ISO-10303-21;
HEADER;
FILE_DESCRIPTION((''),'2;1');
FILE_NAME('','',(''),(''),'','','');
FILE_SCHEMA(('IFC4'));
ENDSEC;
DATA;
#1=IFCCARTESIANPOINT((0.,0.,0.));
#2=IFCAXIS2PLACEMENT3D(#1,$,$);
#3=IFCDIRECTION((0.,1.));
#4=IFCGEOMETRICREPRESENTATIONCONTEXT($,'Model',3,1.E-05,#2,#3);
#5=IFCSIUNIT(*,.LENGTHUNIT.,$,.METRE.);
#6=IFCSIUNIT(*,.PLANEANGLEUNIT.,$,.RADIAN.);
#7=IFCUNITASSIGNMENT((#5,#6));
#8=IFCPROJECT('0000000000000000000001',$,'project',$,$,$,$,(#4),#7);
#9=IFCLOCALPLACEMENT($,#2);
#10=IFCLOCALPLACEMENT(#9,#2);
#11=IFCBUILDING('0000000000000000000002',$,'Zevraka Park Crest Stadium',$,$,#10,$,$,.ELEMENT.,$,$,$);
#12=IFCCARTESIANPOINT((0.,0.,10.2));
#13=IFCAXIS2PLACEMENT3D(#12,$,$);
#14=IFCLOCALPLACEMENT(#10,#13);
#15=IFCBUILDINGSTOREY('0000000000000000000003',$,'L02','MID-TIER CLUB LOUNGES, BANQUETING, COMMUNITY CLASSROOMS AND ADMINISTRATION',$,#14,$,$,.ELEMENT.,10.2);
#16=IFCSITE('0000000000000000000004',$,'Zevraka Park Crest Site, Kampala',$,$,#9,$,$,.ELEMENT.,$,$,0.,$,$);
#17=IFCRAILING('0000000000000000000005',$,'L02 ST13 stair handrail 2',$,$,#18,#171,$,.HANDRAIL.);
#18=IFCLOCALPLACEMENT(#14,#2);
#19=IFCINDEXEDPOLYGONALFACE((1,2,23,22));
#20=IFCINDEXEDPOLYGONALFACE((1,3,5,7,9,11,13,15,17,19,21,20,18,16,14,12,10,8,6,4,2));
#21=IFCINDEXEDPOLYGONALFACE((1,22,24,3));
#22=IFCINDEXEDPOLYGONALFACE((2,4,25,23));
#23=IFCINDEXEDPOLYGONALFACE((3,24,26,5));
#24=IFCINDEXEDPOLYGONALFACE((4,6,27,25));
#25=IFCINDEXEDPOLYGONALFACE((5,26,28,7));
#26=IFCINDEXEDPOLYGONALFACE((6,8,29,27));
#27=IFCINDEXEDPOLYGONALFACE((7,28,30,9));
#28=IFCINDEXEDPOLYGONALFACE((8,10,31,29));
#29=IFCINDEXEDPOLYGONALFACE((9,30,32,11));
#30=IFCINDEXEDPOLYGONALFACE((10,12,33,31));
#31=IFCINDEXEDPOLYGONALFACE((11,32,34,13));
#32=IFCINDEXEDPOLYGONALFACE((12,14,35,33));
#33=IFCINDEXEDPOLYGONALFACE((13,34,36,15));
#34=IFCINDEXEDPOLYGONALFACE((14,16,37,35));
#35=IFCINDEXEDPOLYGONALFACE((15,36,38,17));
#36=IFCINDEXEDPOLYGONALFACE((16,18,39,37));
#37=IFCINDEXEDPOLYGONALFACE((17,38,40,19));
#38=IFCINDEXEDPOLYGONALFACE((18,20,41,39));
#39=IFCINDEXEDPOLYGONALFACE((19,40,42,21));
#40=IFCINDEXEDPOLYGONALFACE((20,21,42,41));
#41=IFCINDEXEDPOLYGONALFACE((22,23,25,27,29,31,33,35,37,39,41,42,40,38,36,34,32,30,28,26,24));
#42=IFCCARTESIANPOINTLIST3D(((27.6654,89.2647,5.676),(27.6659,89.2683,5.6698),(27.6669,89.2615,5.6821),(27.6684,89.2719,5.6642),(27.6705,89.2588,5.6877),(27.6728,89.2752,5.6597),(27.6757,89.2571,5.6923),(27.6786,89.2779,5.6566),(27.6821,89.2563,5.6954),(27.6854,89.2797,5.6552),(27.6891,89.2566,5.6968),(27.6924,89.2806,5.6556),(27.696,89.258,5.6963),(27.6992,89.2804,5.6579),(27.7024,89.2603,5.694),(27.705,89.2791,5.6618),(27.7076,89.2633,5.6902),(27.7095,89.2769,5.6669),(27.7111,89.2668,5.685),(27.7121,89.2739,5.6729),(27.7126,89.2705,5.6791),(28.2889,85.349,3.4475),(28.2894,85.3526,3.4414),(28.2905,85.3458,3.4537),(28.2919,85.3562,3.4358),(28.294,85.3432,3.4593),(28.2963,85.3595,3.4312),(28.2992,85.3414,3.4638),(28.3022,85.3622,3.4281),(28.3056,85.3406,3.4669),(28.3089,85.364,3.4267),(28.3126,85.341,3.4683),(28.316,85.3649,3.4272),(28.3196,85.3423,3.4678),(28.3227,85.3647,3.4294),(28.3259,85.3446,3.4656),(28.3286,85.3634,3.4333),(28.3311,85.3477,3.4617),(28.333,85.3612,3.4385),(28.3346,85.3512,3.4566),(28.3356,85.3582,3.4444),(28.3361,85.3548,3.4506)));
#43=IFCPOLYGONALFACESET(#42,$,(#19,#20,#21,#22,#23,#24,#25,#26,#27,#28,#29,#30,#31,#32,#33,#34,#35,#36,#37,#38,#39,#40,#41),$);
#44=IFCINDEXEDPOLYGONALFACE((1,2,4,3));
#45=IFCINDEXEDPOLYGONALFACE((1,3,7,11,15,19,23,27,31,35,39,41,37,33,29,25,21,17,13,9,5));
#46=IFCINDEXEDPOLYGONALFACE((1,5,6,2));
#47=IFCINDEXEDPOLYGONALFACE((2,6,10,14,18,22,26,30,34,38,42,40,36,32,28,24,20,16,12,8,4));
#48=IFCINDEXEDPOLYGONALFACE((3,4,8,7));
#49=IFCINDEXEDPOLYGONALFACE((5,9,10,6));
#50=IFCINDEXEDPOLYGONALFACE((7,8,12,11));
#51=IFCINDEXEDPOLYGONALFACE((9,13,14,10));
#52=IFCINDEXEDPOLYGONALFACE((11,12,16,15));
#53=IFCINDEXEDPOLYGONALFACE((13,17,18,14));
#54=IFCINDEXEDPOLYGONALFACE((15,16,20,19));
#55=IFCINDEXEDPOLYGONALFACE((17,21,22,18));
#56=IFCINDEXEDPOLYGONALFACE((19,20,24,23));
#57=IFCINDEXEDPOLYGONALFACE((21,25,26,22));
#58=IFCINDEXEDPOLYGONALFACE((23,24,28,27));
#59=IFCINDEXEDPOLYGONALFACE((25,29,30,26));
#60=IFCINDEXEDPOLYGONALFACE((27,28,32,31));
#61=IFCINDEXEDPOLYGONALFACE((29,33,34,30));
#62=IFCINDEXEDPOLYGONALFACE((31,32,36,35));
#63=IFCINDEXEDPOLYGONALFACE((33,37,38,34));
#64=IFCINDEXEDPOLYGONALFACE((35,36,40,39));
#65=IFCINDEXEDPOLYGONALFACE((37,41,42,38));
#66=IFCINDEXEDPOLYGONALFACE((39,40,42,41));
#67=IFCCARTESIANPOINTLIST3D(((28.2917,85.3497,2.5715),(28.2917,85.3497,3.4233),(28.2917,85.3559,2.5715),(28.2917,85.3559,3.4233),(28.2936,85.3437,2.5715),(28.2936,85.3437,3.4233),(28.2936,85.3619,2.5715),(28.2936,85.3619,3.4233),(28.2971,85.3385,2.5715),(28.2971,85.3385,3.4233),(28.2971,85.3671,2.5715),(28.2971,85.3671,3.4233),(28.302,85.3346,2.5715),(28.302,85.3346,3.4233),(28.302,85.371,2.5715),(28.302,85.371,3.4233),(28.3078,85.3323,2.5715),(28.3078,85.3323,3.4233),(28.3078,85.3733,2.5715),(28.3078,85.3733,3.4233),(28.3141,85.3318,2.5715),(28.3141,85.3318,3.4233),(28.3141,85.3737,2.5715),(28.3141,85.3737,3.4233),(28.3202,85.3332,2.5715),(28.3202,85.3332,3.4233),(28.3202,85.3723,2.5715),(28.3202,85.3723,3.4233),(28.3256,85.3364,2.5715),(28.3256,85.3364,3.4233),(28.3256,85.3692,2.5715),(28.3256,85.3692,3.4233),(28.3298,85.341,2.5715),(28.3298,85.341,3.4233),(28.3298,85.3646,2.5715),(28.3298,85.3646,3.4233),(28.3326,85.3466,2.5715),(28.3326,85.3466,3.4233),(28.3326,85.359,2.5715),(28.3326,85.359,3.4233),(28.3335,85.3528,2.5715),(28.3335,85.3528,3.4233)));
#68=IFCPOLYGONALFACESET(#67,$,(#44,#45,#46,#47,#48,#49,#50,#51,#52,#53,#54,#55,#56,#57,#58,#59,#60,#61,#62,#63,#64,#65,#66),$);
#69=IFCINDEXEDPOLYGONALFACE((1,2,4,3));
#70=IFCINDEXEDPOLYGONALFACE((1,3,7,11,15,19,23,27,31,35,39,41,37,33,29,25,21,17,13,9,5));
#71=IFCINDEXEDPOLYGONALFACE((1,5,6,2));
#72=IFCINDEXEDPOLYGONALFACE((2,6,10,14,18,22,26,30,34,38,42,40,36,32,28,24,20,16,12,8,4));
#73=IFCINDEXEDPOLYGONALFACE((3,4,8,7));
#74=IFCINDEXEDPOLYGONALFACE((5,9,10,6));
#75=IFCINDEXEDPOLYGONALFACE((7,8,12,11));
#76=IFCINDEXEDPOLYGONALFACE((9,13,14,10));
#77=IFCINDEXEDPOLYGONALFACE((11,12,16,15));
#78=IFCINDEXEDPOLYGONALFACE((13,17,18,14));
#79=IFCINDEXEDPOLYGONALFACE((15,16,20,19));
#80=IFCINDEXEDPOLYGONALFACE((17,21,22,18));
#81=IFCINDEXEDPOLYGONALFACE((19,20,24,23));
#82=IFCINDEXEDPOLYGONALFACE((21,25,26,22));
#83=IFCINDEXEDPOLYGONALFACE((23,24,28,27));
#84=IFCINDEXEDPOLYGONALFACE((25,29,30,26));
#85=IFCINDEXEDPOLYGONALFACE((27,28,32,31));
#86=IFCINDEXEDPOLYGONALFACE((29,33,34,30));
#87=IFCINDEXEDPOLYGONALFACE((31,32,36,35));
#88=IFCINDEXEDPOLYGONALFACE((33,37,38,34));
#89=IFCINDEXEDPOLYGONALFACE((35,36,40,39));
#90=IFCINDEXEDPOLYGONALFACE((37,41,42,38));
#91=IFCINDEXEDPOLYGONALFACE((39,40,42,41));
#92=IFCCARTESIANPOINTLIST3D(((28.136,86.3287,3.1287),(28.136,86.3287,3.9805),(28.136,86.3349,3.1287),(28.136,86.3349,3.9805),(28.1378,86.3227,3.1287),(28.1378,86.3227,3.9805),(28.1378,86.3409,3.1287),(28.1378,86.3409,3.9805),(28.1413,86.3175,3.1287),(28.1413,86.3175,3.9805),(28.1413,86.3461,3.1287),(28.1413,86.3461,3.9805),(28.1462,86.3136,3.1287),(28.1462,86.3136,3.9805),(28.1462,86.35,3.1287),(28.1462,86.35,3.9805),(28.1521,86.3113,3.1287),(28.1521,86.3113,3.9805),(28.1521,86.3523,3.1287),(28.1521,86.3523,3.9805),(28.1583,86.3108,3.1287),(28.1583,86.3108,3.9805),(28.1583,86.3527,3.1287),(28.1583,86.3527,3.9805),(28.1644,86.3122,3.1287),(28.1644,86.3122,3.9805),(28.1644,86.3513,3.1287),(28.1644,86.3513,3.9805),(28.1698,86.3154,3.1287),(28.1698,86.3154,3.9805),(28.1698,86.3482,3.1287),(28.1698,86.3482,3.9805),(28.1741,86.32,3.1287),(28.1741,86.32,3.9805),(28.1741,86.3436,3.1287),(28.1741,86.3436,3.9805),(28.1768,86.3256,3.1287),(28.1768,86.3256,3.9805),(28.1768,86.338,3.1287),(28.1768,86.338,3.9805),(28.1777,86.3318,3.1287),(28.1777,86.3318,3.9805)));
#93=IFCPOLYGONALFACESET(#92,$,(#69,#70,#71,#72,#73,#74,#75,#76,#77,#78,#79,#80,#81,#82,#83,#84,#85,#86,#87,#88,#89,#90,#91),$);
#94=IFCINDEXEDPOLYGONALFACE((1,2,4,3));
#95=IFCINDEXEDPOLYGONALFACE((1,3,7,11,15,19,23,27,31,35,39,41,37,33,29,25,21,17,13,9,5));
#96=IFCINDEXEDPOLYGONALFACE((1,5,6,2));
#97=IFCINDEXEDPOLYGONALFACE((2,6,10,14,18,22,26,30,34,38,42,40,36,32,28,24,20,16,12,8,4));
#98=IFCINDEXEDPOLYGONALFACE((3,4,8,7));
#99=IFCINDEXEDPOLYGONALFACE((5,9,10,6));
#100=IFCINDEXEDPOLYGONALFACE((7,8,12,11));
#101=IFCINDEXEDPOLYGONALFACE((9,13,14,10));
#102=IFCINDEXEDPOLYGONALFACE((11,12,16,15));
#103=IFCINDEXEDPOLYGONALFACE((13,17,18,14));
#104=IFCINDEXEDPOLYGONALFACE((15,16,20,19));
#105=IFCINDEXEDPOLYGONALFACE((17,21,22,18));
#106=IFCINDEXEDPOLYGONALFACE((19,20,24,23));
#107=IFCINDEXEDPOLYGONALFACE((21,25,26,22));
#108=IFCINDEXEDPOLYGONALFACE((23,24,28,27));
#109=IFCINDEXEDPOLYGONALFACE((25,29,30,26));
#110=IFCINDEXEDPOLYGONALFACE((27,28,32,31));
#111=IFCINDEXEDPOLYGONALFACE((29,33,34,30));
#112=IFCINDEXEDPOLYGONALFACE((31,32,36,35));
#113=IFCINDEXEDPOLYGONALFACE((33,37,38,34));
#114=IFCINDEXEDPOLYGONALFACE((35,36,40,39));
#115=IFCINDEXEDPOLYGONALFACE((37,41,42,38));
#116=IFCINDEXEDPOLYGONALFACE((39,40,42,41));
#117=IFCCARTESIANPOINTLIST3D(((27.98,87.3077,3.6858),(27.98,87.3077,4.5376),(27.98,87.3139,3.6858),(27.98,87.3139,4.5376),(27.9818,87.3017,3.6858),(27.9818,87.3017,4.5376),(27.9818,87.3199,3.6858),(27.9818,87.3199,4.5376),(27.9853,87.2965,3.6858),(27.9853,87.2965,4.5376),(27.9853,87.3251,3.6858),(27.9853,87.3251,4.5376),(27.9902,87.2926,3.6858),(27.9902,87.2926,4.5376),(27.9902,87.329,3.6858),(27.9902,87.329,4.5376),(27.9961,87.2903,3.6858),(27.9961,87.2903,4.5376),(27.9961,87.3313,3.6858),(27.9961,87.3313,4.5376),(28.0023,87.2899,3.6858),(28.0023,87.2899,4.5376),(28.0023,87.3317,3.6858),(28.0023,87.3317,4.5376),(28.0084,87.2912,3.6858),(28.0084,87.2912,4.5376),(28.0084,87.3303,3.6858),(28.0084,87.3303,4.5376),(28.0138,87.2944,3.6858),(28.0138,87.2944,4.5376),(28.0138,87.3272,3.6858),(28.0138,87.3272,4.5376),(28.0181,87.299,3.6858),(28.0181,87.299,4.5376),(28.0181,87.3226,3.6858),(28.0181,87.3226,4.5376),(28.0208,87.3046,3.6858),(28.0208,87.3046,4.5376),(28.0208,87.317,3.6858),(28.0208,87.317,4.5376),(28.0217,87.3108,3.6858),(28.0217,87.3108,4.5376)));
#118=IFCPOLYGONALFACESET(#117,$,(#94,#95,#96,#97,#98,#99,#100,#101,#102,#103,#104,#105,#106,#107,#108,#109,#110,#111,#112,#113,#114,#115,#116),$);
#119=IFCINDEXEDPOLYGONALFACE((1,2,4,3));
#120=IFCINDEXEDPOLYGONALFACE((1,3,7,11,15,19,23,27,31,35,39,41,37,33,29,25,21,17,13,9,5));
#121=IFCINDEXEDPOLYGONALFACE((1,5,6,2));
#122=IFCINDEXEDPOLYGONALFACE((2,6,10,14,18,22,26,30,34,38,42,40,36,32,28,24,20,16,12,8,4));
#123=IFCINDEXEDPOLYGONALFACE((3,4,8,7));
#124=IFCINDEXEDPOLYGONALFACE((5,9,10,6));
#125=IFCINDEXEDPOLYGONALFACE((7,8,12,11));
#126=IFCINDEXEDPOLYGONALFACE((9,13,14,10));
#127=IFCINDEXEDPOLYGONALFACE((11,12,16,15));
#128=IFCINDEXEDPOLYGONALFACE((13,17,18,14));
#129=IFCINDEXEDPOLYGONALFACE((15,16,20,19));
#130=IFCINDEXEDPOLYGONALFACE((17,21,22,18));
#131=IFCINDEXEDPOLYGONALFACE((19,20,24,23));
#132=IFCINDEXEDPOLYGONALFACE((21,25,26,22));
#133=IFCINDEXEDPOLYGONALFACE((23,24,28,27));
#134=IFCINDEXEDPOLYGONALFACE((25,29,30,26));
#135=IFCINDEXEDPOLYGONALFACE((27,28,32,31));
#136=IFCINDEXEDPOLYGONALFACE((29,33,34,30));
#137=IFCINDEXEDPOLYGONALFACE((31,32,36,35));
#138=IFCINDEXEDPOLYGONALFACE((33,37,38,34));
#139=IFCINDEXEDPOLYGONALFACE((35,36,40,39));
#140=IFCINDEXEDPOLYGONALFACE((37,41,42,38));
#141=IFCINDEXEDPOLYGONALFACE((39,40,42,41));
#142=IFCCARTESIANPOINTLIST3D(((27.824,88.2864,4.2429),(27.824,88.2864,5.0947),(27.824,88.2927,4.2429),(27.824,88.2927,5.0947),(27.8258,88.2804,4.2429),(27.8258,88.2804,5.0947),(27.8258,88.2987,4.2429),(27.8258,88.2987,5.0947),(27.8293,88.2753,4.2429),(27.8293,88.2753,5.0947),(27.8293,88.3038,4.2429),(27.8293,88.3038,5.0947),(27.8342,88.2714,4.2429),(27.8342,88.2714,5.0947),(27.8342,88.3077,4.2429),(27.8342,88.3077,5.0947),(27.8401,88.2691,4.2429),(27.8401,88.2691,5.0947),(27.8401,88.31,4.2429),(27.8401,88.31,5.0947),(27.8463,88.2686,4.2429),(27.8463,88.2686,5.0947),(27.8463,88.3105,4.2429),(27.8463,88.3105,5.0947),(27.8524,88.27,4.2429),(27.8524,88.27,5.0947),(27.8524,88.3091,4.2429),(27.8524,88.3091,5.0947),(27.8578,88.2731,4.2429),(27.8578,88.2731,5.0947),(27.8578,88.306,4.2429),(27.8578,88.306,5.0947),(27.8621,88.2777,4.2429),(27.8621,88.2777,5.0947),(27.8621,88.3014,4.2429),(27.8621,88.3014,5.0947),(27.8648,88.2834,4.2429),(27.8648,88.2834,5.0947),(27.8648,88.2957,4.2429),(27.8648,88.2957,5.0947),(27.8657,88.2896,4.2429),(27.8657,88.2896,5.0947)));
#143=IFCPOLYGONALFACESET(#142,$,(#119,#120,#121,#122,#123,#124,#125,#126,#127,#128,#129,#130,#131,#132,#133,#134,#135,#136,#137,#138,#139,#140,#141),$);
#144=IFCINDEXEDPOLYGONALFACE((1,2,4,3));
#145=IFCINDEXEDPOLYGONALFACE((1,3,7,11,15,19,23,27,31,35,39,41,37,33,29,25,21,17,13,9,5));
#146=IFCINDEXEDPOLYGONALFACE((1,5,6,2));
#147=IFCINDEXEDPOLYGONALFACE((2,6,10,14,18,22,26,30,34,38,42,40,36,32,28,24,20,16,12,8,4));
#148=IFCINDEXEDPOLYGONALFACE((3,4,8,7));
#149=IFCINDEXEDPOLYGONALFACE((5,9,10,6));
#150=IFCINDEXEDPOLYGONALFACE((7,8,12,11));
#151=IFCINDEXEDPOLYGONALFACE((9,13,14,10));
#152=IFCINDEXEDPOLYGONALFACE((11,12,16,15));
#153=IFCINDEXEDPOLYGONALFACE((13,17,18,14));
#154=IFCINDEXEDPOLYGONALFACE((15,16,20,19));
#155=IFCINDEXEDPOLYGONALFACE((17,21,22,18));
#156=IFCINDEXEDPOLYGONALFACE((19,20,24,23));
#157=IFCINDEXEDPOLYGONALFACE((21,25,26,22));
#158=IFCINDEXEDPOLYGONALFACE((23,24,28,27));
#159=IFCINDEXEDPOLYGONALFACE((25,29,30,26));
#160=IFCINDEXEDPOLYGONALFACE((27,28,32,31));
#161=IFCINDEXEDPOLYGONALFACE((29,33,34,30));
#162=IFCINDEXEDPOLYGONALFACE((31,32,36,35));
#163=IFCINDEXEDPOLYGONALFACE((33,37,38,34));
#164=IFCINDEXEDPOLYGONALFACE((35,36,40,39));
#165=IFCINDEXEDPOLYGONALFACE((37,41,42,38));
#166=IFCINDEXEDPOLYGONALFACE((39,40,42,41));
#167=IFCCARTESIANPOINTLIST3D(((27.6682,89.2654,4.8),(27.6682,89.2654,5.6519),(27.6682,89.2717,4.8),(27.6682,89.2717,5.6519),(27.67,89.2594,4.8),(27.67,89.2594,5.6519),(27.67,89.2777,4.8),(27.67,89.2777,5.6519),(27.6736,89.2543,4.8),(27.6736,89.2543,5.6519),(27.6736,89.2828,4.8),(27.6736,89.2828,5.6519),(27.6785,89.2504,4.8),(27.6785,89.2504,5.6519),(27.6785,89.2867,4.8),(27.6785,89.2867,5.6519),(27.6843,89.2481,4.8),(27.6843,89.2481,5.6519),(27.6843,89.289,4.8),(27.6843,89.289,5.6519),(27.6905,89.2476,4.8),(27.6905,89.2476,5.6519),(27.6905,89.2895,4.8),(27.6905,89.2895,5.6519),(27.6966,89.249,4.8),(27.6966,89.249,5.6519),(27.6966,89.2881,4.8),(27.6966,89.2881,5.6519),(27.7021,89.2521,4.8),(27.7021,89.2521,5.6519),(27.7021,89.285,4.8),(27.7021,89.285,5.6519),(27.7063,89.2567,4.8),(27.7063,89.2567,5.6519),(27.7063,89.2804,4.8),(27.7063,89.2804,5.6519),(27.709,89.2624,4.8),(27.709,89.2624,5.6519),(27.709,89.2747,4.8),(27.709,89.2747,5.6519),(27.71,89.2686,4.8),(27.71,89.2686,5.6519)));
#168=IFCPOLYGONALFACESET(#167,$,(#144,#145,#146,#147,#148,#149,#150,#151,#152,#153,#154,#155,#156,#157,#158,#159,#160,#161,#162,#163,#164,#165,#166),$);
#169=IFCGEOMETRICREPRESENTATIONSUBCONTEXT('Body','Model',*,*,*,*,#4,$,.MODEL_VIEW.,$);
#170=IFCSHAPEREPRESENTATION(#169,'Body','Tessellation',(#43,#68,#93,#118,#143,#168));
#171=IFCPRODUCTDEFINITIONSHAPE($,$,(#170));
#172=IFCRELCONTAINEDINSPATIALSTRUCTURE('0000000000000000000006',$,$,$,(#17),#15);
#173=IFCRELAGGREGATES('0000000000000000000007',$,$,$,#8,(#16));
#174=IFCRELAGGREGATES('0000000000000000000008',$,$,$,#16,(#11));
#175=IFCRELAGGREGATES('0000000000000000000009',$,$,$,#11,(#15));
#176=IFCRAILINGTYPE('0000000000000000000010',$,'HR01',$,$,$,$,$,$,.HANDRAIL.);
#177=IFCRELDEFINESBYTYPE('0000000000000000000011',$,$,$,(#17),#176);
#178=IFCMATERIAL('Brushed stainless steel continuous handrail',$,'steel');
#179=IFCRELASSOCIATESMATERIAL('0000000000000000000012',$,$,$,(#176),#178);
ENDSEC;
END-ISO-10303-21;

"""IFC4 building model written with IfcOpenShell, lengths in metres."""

from ifc_helpers import new_model, si_unit, direction, frame, origin, origin_2d, place, context, subcontext, project, spatial, circle, extrude, material, type_object, element, save


model = new_model("IFC4")

# Units and contexts
model_context = context("Model", 3, precision=1e-05, world=origin(), true_north=direction((0.0, 1.0)))
body_context = subcontext(model_context, "Body", "Model", "MODEL_VIEW")
ifc_project = project(units=[si_unit("LENGTHUNIT", "METRE"), si_unit("PLANEANGLEUNIT", "RADIAN")], contexts=[model_context])

# Site, building, storey
site_placement = place(None, origin())
site = spatial("IfcSite", under=ifc_project, at=site_placement, Name="Zevraka Park Crest Site, Kampala", CompositionType="ELEMENT", RefElevation=0.0)
building_placement = place(site_placement, origin())
building = spatial("IfcBuilding", under=site, at=building_placement, Name="Zevraka Park Crest Stadium", CompositionType="ELEMENT")
storey_placement = place(building_placement, frame((0.0, 0.0, 10.2)))
storey = spatial("IfcBuildingStorey", under=building, at=storey_placement, Name="L02", Description="MID-TIER CLUB LOUNGES, BANQUETING, COMMUNITY CLASSROOMS AND ADMINISTRATION", CompositionType="ELEMENT", Elevation=10.2)

# Railing
ifc_material_1 = material(Name="Brushed stainless steel continuous handrail", Category="steel")
railing_type_1 = type_object("IfcRailingType", Name="HR01", PredefinedType="HANDRAIL", material=ifc_material_1)
railing_1_placement = place(storey_placement, frame((28.3125, 85.3528, 2.5715)))
element("IfcRailing", 1, at=railing_1_placement, inside=storey, type_object=railing_type_1, Name="L02 ST13 stair handrail 2", PredefinedType="HANDRAIL", context=body_context, shape_type="SweptSolid", body=[
    extrude(circle(Radius=0.0239, at=origin_2d()), frame((0.0, 0.0, 0.876), z_axis=(-0.137088, 0.860903, 0.489951), x_axis=(-0.987558, -0.157256, 0.0)), (0.0, 0.0, 1.0), 4.5483),
    extrude(circle(Radius=0.021, at=origin_2d()), origin(), (0.0, 0.0, 1.0), 0.8518),
    extrude(circle(Radius=0.021, at=origin_2d()), frame((-0.1558, 0.979, 0.5571)), (0.0, 0.0, 1.0), 0.8518),
    extrude(circle(Radius=0.021, at=origin_2d()), frame((-0.3118, 1.958, 1.1143)), (0.0, 0.0, 1.0), 0.8518),
    extrude(circle(Radius=0.021, at=origin_2d()), frame((-0.4678, 2.9368, 1.6714)), (0.0, 0.0, 1.0), 0.8518),
    extrude(circle(Radius=0.021, at=origin_2d()), frame((-0.6235, 3.9158, 2.2285)), (0.0, 0.0, 1.0), 0.8518),
])

save(model, "model.ifc")
